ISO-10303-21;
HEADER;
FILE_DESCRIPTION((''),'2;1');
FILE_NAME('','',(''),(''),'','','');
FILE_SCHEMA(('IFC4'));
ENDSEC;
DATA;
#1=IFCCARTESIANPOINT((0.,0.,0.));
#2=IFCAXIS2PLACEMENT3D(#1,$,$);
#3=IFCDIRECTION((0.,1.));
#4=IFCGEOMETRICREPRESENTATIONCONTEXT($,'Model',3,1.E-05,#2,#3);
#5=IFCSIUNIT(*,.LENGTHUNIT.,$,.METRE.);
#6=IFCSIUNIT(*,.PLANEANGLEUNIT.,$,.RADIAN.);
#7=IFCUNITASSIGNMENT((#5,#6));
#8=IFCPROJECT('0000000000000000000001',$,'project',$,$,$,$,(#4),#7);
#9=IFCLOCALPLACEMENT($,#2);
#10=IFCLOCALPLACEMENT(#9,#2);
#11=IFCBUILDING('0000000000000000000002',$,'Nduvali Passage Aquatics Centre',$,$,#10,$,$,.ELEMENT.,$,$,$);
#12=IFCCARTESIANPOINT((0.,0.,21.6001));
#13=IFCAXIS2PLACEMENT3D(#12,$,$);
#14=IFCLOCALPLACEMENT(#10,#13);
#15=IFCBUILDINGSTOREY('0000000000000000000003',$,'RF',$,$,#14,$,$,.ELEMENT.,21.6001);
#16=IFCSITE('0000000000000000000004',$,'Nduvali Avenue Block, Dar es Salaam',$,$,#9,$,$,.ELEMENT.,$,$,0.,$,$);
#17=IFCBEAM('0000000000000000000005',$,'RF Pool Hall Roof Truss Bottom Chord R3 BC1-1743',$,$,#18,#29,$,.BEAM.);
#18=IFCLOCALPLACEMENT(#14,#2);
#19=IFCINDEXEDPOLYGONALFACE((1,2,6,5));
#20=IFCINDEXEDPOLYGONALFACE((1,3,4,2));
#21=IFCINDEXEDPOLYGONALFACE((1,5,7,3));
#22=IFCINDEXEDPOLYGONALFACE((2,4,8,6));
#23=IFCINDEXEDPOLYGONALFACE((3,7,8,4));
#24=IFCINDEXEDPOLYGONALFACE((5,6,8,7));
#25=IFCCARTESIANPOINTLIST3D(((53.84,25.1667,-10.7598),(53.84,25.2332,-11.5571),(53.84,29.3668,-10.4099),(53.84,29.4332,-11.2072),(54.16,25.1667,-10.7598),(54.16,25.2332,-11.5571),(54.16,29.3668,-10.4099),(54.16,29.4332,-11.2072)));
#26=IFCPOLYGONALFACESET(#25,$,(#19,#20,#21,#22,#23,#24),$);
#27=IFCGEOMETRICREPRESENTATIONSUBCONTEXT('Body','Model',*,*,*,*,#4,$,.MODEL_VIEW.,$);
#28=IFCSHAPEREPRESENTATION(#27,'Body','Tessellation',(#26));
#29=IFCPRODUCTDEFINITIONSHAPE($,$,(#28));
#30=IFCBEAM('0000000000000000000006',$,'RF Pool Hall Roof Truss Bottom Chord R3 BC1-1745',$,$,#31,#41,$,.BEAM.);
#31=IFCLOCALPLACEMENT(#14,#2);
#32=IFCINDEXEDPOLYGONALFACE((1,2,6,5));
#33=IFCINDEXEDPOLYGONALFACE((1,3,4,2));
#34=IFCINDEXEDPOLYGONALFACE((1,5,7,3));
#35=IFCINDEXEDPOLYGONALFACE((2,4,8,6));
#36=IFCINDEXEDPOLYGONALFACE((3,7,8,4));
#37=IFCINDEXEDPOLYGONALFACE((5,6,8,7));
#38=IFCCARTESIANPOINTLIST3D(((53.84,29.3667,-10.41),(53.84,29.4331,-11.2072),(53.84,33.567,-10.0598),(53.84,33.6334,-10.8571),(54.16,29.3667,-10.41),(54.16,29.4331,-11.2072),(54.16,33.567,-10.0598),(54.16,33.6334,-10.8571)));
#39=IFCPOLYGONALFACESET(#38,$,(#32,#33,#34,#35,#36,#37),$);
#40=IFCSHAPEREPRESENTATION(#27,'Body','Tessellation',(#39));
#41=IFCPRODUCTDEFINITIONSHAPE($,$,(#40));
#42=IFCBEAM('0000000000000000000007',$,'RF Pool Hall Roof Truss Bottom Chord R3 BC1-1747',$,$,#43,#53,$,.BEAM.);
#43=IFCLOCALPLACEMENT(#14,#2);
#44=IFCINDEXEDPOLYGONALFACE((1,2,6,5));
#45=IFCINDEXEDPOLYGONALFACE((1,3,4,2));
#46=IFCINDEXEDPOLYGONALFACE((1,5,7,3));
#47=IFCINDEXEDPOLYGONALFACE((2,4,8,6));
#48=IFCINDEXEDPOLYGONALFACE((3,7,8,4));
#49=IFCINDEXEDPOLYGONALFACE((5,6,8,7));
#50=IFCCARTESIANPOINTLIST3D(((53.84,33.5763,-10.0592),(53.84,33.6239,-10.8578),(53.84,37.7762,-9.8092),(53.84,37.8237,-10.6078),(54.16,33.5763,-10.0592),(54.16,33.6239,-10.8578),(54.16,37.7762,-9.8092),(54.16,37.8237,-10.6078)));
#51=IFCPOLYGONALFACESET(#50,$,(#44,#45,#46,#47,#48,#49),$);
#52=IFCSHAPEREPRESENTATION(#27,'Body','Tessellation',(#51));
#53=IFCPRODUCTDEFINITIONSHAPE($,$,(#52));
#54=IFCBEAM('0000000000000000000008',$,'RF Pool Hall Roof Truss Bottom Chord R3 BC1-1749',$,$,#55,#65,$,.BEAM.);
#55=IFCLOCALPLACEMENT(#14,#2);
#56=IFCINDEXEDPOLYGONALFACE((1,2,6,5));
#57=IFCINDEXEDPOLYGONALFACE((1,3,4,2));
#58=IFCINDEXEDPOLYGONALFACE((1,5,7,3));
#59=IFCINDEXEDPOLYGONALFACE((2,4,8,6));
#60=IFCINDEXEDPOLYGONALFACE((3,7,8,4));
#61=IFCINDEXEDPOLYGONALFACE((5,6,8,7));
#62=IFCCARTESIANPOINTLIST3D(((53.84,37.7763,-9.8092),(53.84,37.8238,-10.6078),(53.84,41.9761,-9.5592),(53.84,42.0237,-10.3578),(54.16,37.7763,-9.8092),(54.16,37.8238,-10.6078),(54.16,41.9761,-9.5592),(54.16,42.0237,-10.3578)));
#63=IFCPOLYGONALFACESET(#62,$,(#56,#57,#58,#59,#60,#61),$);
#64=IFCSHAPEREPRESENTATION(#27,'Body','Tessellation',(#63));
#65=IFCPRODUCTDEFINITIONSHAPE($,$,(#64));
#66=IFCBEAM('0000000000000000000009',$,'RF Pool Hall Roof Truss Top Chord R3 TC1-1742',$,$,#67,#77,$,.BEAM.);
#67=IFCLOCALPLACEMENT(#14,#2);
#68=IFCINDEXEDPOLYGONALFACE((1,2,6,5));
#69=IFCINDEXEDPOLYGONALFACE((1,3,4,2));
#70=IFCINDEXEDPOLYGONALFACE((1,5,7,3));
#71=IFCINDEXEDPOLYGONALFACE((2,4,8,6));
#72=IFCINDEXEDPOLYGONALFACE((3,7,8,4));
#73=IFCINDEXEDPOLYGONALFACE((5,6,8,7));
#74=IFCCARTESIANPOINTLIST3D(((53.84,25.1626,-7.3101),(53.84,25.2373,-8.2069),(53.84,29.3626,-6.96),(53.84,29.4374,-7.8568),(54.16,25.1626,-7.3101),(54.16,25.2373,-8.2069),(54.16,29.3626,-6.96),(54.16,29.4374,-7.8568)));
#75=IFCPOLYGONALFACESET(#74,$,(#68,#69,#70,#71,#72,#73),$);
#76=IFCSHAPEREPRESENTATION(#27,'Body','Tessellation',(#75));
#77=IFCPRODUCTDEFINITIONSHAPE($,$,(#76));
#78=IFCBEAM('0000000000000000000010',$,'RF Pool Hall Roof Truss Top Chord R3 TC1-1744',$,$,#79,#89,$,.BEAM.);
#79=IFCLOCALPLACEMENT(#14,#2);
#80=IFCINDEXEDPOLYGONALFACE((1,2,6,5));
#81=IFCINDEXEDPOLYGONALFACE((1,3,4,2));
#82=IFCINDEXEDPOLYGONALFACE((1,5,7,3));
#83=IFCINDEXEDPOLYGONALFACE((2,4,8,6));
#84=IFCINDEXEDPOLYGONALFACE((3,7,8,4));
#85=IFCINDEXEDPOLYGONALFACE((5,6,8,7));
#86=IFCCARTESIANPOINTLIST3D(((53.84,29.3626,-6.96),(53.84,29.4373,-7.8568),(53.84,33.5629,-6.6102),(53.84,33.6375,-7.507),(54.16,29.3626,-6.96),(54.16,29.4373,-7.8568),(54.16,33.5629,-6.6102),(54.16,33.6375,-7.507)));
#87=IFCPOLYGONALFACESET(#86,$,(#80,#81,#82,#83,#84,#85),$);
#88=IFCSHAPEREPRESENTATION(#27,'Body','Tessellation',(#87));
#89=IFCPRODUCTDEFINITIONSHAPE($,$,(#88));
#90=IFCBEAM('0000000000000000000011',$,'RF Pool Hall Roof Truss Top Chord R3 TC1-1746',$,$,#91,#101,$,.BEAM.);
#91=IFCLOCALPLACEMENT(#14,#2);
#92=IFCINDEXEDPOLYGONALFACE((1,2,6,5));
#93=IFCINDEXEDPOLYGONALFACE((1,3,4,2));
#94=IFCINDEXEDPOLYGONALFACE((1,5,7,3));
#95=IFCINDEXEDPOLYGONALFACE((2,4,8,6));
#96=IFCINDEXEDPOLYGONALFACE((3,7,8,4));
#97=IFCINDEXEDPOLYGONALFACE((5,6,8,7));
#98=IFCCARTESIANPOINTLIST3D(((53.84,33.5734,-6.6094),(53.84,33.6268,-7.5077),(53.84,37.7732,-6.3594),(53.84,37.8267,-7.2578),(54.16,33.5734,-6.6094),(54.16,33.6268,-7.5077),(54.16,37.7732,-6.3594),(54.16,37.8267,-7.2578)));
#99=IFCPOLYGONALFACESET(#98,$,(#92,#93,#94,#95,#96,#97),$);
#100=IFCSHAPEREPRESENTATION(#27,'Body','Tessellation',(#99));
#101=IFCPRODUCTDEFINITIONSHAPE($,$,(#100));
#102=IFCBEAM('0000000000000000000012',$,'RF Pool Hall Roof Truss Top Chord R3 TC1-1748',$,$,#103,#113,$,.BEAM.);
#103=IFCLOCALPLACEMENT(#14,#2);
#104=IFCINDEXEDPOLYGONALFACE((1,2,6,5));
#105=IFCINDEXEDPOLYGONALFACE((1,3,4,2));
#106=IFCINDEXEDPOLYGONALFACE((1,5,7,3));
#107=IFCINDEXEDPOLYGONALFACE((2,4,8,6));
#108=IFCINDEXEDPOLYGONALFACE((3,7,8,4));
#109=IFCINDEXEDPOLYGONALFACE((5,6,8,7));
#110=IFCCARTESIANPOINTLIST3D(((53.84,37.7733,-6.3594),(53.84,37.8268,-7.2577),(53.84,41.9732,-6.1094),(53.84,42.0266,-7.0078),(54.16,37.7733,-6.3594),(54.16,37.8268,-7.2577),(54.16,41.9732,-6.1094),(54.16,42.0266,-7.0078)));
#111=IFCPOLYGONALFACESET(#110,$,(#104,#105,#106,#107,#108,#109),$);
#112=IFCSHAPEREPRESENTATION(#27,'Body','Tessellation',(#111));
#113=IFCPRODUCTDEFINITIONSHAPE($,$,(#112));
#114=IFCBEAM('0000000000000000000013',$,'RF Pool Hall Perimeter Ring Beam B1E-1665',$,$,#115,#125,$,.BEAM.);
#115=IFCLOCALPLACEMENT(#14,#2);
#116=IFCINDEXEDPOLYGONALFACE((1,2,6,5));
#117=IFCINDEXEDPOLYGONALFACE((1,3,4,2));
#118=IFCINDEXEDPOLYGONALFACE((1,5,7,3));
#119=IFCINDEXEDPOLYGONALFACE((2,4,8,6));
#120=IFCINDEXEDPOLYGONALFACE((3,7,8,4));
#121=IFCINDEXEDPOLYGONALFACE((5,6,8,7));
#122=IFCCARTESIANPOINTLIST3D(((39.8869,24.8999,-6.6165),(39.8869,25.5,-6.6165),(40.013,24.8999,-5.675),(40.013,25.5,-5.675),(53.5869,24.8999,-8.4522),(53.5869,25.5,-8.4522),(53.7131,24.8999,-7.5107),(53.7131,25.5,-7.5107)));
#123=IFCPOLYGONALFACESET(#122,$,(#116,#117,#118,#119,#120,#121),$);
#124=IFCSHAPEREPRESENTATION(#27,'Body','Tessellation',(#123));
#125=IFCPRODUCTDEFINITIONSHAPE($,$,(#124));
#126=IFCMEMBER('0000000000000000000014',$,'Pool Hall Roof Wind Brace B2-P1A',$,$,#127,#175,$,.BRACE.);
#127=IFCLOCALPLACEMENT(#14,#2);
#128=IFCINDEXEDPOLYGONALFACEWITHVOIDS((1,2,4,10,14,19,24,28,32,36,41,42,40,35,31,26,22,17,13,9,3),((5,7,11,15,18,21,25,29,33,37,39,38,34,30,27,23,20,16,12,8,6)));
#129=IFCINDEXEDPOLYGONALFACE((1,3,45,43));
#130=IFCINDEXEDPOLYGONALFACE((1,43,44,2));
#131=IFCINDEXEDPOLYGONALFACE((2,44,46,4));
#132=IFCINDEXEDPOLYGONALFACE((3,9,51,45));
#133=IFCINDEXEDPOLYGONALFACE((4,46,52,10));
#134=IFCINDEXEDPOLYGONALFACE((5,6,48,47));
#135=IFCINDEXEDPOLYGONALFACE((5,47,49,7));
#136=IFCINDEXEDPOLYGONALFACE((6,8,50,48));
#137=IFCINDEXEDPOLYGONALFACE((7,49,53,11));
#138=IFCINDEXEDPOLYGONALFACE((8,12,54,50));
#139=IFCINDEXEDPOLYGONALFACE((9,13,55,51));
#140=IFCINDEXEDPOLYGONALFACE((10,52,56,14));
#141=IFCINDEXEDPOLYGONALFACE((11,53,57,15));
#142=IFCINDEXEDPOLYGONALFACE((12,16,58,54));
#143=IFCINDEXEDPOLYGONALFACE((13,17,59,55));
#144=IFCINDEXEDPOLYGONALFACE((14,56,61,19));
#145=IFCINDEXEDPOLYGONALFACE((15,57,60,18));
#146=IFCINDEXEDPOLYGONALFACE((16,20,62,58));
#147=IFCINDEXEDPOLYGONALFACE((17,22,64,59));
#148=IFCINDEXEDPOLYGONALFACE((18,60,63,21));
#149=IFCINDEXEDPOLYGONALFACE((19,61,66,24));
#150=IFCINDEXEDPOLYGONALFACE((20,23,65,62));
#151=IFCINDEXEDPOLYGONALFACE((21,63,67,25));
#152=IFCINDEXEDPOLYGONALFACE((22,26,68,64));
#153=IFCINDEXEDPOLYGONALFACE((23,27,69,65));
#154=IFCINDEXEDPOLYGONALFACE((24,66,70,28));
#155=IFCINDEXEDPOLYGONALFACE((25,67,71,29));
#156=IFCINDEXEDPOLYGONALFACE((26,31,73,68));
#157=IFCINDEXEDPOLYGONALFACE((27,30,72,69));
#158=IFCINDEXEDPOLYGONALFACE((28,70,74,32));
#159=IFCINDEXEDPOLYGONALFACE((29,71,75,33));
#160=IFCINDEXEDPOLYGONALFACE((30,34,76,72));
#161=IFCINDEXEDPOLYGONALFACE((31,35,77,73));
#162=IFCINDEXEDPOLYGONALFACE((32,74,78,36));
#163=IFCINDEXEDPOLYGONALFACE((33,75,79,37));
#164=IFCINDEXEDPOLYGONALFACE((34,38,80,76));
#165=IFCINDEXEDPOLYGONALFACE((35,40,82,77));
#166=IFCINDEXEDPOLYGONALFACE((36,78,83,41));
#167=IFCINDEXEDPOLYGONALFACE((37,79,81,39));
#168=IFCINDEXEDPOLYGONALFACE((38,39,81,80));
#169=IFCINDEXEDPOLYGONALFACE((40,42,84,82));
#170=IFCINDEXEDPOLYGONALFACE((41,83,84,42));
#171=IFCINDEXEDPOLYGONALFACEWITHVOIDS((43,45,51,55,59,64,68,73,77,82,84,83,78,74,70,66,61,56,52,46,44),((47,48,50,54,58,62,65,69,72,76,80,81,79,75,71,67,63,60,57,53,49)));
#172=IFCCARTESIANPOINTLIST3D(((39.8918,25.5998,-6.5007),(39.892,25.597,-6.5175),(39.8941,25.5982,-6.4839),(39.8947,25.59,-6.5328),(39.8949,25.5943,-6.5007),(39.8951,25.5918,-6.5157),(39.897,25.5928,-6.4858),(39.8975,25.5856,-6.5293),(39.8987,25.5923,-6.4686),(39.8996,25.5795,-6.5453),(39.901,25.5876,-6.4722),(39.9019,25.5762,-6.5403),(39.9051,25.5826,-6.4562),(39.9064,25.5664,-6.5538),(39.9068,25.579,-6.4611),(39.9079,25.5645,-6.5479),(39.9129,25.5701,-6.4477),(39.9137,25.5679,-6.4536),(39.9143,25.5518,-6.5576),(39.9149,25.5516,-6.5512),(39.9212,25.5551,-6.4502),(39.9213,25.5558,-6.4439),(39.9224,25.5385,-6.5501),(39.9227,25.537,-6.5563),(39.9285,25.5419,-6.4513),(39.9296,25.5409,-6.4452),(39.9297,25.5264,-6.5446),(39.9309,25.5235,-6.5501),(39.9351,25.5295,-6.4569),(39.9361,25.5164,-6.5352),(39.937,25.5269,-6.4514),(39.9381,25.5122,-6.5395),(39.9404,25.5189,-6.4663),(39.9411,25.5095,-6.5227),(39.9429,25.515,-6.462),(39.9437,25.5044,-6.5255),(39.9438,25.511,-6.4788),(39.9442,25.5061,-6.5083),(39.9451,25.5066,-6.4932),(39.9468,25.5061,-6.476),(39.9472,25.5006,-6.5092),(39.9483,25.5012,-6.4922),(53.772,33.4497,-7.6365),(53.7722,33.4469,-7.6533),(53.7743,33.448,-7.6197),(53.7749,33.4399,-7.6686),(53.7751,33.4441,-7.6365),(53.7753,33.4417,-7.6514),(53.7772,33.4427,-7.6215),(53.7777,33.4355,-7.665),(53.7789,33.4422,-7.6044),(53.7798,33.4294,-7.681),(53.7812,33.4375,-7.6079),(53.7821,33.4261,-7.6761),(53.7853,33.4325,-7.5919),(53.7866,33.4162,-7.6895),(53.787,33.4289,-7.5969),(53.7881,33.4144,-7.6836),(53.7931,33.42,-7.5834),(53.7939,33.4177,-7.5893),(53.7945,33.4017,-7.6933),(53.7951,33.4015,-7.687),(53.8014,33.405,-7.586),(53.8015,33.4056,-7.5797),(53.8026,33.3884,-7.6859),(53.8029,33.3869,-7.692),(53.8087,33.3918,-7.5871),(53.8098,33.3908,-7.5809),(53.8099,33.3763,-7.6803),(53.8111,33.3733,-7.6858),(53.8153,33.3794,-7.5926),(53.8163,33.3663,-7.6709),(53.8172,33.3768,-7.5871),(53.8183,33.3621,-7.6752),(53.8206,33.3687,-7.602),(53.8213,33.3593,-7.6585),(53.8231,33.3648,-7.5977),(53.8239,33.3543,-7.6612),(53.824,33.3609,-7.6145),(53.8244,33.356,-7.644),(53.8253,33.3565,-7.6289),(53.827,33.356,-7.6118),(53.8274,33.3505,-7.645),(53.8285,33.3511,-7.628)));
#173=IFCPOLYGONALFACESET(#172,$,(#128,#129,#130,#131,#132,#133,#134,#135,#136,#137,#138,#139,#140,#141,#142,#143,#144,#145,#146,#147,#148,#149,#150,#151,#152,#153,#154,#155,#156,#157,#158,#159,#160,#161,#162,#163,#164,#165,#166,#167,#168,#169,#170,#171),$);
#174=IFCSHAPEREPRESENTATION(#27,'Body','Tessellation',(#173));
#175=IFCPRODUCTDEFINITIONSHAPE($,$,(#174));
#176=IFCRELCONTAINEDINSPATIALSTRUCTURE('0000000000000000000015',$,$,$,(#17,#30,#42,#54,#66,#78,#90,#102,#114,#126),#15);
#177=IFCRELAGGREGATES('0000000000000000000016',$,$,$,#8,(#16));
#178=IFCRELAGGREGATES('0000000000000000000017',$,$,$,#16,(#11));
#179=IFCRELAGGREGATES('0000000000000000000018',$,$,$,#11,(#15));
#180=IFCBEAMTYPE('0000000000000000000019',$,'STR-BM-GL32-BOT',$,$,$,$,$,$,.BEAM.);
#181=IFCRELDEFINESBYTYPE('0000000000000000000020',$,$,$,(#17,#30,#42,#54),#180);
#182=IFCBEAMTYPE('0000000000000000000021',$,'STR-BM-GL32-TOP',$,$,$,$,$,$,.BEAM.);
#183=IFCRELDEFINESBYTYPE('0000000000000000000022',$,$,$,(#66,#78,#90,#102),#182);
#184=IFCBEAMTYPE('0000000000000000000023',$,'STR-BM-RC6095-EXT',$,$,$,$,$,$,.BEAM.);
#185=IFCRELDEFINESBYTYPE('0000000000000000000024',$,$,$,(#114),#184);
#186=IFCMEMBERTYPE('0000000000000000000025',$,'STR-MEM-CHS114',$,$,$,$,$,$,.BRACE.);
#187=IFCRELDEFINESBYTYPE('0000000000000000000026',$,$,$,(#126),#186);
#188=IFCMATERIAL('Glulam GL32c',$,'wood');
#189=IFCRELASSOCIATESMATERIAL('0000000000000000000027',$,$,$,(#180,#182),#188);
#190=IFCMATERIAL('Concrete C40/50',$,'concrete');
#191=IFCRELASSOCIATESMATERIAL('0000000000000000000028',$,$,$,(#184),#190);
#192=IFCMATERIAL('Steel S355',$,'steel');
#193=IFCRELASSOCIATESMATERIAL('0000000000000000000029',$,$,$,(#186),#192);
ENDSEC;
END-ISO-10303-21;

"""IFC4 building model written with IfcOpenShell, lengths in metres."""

from ifc_helpers import new_model, si_unit, direction, frame, origin, origin_2d, place, context, subcontext, project, spatial, rectangle, hollow_circle, extrude, material, material_profile, profile_set, type_object, element, save


model = new_model("IFC4")

# Units and contexts
model_context = context("Model", 3, precision=1e-05, world=origin(), true_north=direction((0.0, 1.0)))
body_context = subcontext(model_context, "Body", "Model", "MODEL_VIEW")
ifc_project = project(units=[si_unit("LENGTHUNIT", "METRE"), si_unit("PLANEANGLEUNIT", "RADIAN")], contexts=[model_context])

# Site, building, storey
site_placement = place(None, origin())
site = spatial("IfcSite", under=ifc_project, at=site_placement, Name="Nduvali Avenue Block, Dar es Salaam", CompositionType="ELEMENT", RefElevation=0.0)
building_placement = place(site_placement, origin())
building = spatial("IfcBuilding", under=site, at=building_placement, Name="Nduvali Passage Aquatics Centre", CompositionType="ELEMENT")
storey_placement = place(building_placement, frame((0.0, 0.0, 21.6001)))
storey = spatial("IfcBuildingStorey", under=building, at=storey_placement, Name="RF", CompositionType="ELEMENT", Elevation=21.6001)

# Beams
ifc_material_1 = material(Name="Glulam GL32c", Category="wood")
ifc_material_profile_1 = material_profile(ifc_material_1, rectangle(XDim=0.3201, YDim=0.8, at=origin_2d()), Name="GL32c 320x800")
ifc_profile_set_1 = profile_set([ifc_material_profile_1], Name="Glulam GL32c")
beam_type_1 = type_object("IfcBeamType", Name="STR-BM-GL32-BOT", PredefinedType="BEAM", material=ifc_profile_set_1)
beam_1_placement = place(storey_placement, frame((54.0, 25.2, -11.1584), z_axis=(0.0, 0.996549, 0.083012), x_axis=(-1.0, 0.0, 0.0)))
element("IfcBeam", 1, at=beam_1_placement, inside=storey, type_object=beam_type_1, Name="RF Pool Hall Roof Truss Bottom Chord R3 BC1-1743", PredefinedType="BEAM", context=body_context, shape_type="SweptSolid", body=[
    extrude(rectangle(XDim=0.3201, YDim=0.8, at=origin_2d()), origin(), (0.0, 0.0, 1.0), 4.2146),
])
beam_2_placement = place(storey_placement, frame((54.0, 29.3999, -10.8086), z_axis=(0.0, 0.996544, 0.083065), x_axis=(-1.0, 0.0, 0.0)))
element("IfcBeam", 2, at=beam_2_placement, inside=storey, type_object=beam_type_1, Name="RF Pool Hall Roof Truss Bottom Chord R3 BC1-1745", PredefinedType="BEAM", context=body_context, shape_type="SweptSolid", body=[
    extrude(rectangle(XDim=0.3201, YDim=0.8, at=origin_2d()), origin(), (0.0, 0.0, 1.0), 4.2148),
])
for number, where, z_axis, x_axis, name in (
    (3, (54.0, 33.6001, -10.4585), (0.0, 0.998233, 0.059419), (-1.0, 0.0, 0.0), "RF Pool Hall Roof Truss Bottom Chord R3 BC1-1747"),
    (4, (54.0, 37.8, -10.2085), (0.0, 0.998233, 0.059419), (-1.0, 0.0, 0.0), "RF Pool Hall Roof Truss Bottom Chord R3 BC1-1749"),
):
    element("IfcBeam", number, at=place(storey_placement, frame(where, z_axis=z_axis, x_axis=x_axis)), inside=storey, type_object=beam_type_1, Name=name, PredefinedType="BEAM", context=body_context, shape_type="SweptSolid", body=[
        extrude(rectangle(XDim=0.3201, YDim=0.8, at=origin_2d()), origin(), (0.0, 0.0, 1.0), 4.2073),
    ])
ifc_material_profile_2 = material_profile(ifc_material_1, rectangle(XDim=0.3201, YDim=0.8999, at=origin_2d()), Name="GL32c 320x900")
ifc_profile_set_2 = profile_set([ifc_material_profile_2], Name="Glulam GL32c")
beam_type_2 = type_object("IfcBeamType", Name="STR-BM-GL32-TOP", PredefinedType="BEAM", material=ifc_profile_set_2)
beam_3_placement = place(storey_placement, frame((54.0, 25.2, -7.7585), z_axis=(0.0, 0.996544, 0.083069), x_axis=(-1.0, 0.0, 0.0)))
element("IfcBeam", 5, at=beam_3_placement, inside=storey, type_object=beam_type_2, Name="RF Pool Hall Roof Truss Top Chord R3 TC1-1742", PredefinedType="BEAM", context=body_context, shape_type="SweptSolid", body=[
    extrude(rectangle(XDim=0.3201, YDim=0.8999, at=origin_2d()), origin(), (0.0, 0.0, 1.0), 4.2146),
])
beam_4_placement = place(storey_placement, frame((54.0, 29.3999, -7.4084), z_axis=(0.0, 0.996549, 0.083007), x_axis=(-1.0, 0.0, 0.0)))
element("IfcBeam", 6, at=beam_4_placement, inside=storey, type_object=beam_type_2, Name="RF Pool Hall Roof Truss Top Chord R3 TC1-1744", PredefinedType="BEAM", context=body_context, shape_type="SweptSolid", body=[
    extrude(rectangle(XDim=0.3201, YDim=0.8999, at=origin_2d()), origin(), (0.0, 0.0, 1.0), 4.2148),
])
for number, where, z_axis, x_axis, name in (
    (7, (54.0, 33.6001, -7.0586), (0.0, 0.998233, 0.059419), (-1.0, 0.0, 0.0), "RF Pool Hall Roof Truss Top Chord R3 TC1-1746"),
    (8, (54.0, 37.8, -6.8086), (0.0, 0.998233, 0.059419), (-1.0, 0.0, 0.0), "RF Pool Hall Roof Truss Top Chord R3 TC1-1748"),
):
    element("IfcBeam", number, at=place(storey_placement, frame(where, z_axis=z_axis, x_axis=x_axis)), inside=storey, type_object=beam_type_2, Name=name, PredefinedType="BEAM", context=body_context, shape_type="SweptSolid", body=[
        extrude(rectangle(XDim=0.3201, YDim=0.8999, at=origin_2d()), origin(), (0.0, 0.0, 1.0), 4.2073),
    ])
ifc_material_2 = material(Name="Concrete C40/50", Category="concrete")
ifc_material_profile_3 = material_profile(ifc_material_2, rectangle(XDim=0.6001, YDim=0.95, at=origin_2d()), Name="RC 600x950")
ifc_profile_set_3 = profile_set([ifc_material_profile_3], Name="Concrete C40/50")
beam_type_3 = type_object("IfcBeamType", Name="STR-BM-RC6095-EXT", PredefinedType="BEAM", material=ifc_profile_set_3)
beam_5_placement = place(storey_placement, frame((39.95, 25.2, -6.1458), z_axis=(0.991142, 0.0, -0.132806), x_axis=(0.0, 1.0, 0.0)))
element("IfcBeam", 9, at=beam_5_placement, inside=storey, type_object=beam_type_3, Name="RF Pool Hall Perimeter Ring Beam B1E-1665", PredefinedType="BEAM", context=body_context, shape_type="SweptSolid", body=[
    extrude(rectangle(XDim=0.6001, YDim=0.95, at=origin_2d()), origin(), (0.0, 0.0, 1.0), 13.8225),
])

# Member
ifc_material_3 = material(Name="Steel S355", Category="steel")
ifc_material_profile_4 = material_profile(ifc_material_3, hollow_circle(Radius=0.0571, WallThickness=0.0063, at=origin_2d()), Name="CHS 114.3x6.3")
ifc_profile_set_4 = profile_set([ifc_material_profile_4], Name="Steel S355")
member_type_1 = type_object("IfcMemberType", Name="STR-MEM-CHS114", PredefinedType="BRACE", material=ifc_profile_set_4)
member_1_placement = place(storey_placement, frame((39.9199, 25.55, -6.5007), z_axis=(0.868241, 0.49103, -0.071044), x_axis=(-0.492274, 0.87044, 0.0)))
element("IfcMember", 10, at=member_1_placement, inside=storey, type_object=member_type_1, Name="Pool Hall Roof Wind Brace B2-P1A", PredefinedType="BRACE", context=body_context, shape_type="SweptSolid", body=[
    extrude(hollow_circle(Radius=0.0571, WallThickness=0.0063, at=origin_2d()), origin(), (0.0, 0.0, 1.0), 15.9866),
])

save(model, "model.ifc")
